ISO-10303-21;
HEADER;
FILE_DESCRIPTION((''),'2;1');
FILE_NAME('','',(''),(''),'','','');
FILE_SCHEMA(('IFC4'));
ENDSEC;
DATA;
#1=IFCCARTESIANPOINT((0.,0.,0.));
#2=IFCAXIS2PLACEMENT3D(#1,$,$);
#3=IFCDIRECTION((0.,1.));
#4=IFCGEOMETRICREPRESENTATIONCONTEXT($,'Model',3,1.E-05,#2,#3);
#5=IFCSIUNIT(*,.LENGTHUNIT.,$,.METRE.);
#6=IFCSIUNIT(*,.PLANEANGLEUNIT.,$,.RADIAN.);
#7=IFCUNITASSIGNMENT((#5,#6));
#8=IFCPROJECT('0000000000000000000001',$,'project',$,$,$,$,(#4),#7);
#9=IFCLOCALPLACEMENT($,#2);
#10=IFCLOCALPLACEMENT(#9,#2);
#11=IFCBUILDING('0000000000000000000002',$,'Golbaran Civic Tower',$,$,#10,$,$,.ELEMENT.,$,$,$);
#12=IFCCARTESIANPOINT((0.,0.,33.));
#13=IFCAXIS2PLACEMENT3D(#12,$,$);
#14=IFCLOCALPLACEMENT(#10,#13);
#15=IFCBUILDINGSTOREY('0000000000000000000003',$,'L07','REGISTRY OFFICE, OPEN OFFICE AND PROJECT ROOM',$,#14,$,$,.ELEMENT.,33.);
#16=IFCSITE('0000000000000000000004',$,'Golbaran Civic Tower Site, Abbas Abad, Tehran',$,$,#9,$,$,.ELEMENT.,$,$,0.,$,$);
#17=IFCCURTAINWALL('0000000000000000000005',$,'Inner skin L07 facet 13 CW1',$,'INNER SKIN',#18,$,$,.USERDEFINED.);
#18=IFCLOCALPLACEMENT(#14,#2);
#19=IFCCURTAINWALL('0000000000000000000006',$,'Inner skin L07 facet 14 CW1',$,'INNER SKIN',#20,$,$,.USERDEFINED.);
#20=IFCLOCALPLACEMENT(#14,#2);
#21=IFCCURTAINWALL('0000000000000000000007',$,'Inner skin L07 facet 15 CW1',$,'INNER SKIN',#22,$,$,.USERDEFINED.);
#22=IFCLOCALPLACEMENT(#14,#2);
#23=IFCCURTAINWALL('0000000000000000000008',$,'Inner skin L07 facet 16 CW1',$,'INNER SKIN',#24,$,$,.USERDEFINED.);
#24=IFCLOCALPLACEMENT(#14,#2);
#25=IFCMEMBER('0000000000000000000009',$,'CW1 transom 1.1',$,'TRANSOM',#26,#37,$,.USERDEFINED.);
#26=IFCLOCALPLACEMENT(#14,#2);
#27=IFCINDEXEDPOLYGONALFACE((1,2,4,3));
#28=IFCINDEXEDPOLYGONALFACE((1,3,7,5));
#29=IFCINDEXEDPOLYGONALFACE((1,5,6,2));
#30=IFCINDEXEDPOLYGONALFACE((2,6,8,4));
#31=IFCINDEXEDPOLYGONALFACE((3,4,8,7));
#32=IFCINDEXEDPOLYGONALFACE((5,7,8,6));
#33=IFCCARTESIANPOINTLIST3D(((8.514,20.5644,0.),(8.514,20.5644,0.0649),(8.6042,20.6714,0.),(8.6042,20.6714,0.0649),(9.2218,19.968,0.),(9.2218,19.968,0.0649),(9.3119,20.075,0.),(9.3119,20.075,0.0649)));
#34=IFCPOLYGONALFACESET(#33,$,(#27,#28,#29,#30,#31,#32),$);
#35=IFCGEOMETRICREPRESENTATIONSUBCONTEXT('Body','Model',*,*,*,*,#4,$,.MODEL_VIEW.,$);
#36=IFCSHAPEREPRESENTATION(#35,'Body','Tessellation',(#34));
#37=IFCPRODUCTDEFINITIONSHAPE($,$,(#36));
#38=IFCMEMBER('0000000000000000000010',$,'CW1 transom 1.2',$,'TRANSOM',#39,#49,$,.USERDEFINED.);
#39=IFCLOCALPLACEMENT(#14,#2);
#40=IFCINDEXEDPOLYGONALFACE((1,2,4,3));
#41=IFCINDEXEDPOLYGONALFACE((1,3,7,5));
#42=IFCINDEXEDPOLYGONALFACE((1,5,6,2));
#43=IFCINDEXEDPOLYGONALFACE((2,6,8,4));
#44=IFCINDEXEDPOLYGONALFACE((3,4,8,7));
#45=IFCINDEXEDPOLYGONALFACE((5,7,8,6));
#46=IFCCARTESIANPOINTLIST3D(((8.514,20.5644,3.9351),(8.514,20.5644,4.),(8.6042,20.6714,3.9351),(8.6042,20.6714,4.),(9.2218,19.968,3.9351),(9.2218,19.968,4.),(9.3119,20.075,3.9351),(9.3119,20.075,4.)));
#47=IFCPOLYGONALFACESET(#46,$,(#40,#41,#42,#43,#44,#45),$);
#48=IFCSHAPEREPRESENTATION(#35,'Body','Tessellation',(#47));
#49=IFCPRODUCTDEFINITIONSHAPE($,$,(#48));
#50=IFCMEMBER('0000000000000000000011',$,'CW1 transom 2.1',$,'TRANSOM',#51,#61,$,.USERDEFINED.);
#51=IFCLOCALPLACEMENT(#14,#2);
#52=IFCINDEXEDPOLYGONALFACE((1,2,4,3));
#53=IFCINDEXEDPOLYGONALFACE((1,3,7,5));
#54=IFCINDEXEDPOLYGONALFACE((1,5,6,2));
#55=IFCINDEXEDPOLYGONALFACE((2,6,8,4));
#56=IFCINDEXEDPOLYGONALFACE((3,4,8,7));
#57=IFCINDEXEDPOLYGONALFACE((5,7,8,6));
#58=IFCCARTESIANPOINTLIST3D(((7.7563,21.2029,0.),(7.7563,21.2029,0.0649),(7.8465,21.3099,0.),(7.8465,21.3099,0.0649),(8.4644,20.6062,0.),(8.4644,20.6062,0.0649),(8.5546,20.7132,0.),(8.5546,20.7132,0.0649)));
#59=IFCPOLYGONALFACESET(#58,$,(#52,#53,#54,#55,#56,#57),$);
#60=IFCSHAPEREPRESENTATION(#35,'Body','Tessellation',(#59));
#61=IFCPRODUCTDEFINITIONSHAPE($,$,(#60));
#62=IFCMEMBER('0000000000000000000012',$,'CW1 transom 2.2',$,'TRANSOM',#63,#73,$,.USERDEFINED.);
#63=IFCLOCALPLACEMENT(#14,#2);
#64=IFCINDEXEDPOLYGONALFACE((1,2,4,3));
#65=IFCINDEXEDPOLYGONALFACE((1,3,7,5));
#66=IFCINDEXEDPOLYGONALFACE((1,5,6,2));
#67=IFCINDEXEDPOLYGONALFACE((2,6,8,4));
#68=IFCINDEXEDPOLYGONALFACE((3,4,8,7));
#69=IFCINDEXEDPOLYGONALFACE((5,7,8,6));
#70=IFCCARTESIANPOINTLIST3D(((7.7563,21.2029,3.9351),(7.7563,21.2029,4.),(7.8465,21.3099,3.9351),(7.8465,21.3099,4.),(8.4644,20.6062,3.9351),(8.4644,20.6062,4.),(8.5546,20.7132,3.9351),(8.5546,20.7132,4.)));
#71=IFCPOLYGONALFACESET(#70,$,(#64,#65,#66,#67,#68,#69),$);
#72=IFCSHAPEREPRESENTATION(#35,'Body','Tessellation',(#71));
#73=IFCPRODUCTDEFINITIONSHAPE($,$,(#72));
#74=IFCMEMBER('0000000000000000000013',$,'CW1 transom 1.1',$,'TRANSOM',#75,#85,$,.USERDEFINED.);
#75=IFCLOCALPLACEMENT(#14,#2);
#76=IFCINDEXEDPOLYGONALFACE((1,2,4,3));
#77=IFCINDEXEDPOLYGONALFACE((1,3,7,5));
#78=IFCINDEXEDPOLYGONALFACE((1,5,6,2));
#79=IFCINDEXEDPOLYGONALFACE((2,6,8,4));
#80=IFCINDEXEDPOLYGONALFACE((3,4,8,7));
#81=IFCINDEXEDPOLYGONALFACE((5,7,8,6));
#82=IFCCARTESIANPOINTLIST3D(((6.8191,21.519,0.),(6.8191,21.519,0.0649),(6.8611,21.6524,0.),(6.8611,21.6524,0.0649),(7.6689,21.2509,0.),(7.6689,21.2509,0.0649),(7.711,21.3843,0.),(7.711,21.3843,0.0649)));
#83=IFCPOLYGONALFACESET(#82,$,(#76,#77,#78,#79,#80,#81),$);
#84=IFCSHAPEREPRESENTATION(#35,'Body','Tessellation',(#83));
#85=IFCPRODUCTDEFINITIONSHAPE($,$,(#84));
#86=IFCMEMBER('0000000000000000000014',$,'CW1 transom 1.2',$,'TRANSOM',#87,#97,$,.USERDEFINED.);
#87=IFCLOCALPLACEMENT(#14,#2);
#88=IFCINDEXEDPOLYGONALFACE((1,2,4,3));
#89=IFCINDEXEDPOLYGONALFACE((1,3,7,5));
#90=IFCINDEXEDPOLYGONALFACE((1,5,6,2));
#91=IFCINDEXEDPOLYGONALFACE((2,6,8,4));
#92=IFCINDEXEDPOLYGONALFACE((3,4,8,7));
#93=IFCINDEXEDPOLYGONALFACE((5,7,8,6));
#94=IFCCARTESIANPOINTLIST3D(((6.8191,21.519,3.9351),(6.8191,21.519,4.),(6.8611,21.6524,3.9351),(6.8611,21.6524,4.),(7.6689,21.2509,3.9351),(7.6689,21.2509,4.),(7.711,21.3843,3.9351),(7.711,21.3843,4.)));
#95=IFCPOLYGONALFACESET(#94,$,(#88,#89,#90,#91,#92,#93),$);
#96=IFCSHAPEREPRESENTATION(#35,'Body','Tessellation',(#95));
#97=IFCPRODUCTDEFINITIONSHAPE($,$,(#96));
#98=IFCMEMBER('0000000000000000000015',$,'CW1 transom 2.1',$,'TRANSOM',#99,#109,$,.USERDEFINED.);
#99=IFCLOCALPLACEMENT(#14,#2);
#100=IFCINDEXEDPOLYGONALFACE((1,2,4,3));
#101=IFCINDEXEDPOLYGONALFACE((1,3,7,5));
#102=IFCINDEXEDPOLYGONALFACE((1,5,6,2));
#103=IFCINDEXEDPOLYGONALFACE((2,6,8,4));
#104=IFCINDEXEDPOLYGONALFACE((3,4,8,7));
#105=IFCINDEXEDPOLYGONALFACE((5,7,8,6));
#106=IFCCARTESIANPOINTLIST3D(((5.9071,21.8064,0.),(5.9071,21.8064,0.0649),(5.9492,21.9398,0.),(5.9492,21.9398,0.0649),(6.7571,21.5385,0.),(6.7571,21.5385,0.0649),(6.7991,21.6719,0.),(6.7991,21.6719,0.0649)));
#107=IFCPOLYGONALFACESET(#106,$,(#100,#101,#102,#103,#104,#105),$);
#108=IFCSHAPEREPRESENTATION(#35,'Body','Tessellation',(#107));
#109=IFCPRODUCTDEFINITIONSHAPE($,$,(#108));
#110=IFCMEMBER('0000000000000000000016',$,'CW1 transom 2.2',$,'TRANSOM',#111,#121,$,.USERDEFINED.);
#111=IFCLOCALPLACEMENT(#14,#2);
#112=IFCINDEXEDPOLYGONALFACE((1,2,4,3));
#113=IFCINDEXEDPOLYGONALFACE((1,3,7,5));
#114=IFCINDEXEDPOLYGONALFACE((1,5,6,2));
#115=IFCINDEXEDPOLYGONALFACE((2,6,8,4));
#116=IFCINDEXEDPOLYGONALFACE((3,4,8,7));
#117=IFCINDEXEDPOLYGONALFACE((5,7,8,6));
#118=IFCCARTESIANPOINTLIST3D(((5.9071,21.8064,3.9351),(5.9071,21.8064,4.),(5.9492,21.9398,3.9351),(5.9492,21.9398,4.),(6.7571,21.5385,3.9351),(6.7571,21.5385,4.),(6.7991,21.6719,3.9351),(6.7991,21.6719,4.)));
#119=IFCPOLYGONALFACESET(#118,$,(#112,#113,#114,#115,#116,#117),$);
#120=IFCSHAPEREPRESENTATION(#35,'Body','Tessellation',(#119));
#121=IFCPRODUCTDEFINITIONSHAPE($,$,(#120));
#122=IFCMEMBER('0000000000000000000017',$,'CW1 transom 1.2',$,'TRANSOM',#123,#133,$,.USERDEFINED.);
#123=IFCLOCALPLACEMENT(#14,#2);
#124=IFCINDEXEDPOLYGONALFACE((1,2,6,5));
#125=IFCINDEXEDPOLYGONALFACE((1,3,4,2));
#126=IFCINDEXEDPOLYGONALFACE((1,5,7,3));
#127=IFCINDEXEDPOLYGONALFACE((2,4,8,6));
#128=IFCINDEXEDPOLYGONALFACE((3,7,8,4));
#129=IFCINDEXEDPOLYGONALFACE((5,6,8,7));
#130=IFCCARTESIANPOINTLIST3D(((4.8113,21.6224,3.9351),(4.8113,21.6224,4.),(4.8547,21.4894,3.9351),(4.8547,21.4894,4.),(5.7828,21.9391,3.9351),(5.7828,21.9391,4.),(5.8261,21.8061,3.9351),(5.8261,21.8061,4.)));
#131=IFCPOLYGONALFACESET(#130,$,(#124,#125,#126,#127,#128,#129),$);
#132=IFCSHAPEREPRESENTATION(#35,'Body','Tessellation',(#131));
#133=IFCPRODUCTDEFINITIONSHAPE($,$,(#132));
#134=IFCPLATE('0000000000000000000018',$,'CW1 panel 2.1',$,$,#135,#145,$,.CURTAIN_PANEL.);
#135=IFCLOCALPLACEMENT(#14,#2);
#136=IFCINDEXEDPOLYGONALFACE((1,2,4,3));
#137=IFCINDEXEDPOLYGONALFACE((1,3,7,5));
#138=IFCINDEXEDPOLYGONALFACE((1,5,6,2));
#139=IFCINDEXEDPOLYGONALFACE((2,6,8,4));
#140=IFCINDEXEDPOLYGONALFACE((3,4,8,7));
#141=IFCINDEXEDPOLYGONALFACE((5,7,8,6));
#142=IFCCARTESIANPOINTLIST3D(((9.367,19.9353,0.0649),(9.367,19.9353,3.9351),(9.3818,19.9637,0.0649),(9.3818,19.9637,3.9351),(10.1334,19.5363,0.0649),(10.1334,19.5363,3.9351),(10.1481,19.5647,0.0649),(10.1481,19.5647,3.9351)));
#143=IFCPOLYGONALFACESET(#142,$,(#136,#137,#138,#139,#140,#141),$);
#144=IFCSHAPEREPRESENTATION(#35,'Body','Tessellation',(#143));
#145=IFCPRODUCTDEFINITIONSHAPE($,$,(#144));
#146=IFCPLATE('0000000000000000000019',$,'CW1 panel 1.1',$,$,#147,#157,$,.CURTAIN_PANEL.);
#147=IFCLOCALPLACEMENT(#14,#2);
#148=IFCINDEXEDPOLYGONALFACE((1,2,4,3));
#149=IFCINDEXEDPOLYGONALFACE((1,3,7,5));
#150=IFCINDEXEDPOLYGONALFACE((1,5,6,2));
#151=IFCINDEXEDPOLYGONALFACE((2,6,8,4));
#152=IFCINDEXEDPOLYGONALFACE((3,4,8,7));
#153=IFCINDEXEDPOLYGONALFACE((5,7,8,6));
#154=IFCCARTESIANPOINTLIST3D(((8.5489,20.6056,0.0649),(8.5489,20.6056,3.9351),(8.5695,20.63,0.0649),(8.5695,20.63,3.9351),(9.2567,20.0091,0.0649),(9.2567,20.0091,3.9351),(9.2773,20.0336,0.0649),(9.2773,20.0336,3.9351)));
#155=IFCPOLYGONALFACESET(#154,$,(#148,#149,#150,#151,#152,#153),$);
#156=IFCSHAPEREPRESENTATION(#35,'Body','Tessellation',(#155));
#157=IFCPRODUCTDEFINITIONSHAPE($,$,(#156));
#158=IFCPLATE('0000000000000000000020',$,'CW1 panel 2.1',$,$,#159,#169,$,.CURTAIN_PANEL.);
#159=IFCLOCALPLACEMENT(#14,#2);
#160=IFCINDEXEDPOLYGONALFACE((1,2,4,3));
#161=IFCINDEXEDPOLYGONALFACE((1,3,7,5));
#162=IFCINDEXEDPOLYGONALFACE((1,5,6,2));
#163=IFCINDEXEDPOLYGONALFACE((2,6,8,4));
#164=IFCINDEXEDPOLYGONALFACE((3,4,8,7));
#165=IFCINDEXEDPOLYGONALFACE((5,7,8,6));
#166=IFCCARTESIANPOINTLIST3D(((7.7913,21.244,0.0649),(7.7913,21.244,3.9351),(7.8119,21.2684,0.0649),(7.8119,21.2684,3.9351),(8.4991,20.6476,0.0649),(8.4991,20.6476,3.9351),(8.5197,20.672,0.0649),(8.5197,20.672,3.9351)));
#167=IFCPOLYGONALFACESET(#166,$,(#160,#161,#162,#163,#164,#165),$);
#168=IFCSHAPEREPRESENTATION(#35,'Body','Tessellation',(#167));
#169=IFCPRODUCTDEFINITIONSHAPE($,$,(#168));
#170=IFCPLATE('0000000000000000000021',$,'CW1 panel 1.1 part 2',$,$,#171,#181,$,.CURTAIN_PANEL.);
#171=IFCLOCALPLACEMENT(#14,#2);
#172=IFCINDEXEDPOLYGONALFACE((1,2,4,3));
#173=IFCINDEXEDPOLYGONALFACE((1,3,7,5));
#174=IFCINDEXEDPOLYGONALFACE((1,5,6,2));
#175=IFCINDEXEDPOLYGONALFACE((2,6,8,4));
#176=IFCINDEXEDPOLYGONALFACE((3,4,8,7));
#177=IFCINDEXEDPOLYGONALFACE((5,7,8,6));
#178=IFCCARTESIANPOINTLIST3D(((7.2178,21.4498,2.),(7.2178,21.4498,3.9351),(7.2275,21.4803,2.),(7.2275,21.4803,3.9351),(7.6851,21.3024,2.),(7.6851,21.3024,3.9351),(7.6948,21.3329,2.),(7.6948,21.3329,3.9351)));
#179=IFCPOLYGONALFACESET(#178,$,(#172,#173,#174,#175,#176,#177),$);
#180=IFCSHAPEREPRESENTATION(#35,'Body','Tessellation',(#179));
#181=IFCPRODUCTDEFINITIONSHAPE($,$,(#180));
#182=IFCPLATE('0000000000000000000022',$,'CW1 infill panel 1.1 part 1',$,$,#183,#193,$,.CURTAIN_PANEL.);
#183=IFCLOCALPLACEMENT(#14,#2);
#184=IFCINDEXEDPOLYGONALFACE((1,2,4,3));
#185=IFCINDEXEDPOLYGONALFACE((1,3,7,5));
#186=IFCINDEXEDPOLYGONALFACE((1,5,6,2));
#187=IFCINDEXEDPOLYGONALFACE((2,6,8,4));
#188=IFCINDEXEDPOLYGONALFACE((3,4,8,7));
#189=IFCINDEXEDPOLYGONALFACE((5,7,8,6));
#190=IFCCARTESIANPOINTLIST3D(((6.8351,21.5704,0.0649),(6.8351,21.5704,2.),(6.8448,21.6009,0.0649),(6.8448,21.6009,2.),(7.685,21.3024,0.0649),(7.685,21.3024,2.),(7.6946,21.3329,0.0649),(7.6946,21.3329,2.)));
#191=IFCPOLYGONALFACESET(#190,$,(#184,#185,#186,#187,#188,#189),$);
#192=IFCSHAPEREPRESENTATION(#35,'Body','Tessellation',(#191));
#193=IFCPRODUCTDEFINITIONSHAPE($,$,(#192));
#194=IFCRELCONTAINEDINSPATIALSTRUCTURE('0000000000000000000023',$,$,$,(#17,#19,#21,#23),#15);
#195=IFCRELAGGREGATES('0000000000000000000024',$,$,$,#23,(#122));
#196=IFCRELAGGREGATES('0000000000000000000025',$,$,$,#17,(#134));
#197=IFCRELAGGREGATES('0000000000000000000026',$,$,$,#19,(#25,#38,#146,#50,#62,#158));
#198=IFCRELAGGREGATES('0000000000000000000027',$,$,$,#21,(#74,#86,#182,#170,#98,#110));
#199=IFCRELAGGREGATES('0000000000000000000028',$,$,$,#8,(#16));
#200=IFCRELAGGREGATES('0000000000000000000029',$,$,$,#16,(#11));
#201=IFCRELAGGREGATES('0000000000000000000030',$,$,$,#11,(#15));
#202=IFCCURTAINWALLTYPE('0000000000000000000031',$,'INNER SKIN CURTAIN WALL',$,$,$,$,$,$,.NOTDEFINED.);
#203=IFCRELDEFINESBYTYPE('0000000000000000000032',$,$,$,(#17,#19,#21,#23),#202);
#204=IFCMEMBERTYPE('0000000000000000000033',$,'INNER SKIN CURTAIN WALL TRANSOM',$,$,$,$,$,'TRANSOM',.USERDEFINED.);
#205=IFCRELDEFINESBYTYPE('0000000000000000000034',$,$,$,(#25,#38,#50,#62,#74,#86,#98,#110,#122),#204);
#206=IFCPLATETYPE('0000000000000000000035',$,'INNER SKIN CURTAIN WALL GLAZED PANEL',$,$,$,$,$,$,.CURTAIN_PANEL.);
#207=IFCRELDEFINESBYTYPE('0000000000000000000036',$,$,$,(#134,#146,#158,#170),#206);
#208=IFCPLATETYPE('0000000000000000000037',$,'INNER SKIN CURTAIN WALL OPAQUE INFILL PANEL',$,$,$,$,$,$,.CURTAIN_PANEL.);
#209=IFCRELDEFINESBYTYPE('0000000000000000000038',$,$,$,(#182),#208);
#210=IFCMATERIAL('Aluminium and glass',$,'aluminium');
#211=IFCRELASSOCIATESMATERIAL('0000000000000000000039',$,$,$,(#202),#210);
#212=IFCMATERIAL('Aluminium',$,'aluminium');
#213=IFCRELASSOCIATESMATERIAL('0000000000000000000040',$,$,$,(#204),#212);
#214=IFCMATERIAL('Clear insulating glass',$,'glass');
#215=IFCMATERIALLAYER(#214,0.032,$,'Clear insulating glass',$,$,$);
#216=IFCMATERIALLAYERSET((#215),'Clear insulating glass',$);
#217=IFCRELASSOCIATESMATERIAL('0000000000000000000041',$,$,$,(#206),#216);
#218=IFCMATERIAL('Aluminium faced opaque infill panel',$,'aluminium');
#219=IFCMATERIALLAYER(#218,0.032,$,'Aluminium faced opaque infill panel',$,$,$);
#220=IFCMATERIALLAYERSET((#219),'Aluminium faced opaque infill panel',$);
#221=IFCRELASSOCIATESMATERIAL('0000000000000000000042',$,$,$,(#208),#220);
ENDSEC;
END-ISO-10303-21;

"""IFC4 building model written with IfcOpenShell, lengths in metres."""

from ifc_helpers import new_model, si_unit, direction, frame, origin, origin_2d, place, context, subcontext, project, spatial, rectangle, extrude, material, layer, layer_set, material_profile, profile_set, type_object, element, aggregate, save


model = new_model("IFC4")

# Units and contexts
model_context = context("Model", 3, precision=1e-05, world=origin(), true_north=direction((0.0, 1.0)))
body_context = subcontext(model_context, "Body", "Model", "MODEL_VIEW")
ifc_project = project(units=[si_unit("LENGTHUNIT", "METRE"), si_unit("PLANEANGLEUNIT", "RADIAN")], contexts=[model_context])

# Site, building, storey
site_placement = place(None, origin())
site = spatial("IfcSite", under=ifc_project, at=site_placement, Name="Golbaran Civic Tower Site, Abbas Abad, Tehran", CompositionType="ELEMENT", RefElevation=0.0)
building_placement = place(site_placement, origin())
building = spatial("IfcBuilding", under=site, at=building_placement, Name="Golbaran Civic Tower", CompositionType="ELEMENT")
storey_placement = place(building_placement, frame((0.0, 0.0, 33.0)))
storey = spatial("IfcBuildingStorey", under=building, at=storey_placement, Name="L07", Description="REGISTRY OFFICE, OPEN OFFICE AND PROJECT ROOM", CompositionType="ELEMENT", Elevation=33.0)

# Curtain walls
ifc_material_1 = material(Name="Aluminium and glass", Category="aluminium")
curtain_wall_type = type_object("IfcCurtainWallType", Name="INNER SKIN CURTAIN WALL", PredefinedType="NOTDEFINED", material=ifc_material_1)
curtain_wall_1_placement = place(storey_placement, origin())
curtain_wall_1 = element("IfcCurtainWall", 1, at=curtain_wall_1_placement, inside=storey, type_object=curtain_wall_type, Name="Inner skin L07 facet 13 CW1", ObjectType="INNER SKIN", PredefinedType="USERDEFINED")
ifc_material_2 = material(Name="Aluminium", Category="aluminium")
curtain_wall_2_placement = place(storey_placement, origin())
curtain_wall_2 = element("IfcCurtainWall", 2, at=curtain_wall_2_placement, inside=storey, type_object=curtain_wall_type, Name="Inner skin L07 facet 14 CW1", ObjectType="INNER SKIN", PredefinedType="USERDEFINED")
curtain_wall_3_placement = place(storey_placement, origin())
curtain_wall_3 = element("IfcCurtainWall", 3, at=curtain_wall_3_placement, inside=storey, type_object=curtain_wall_type, Name="Inner skin L07 facet 15 CW1", ObjectType="INNER SKIN", PredefinedType="USERDEFINED")

# Curtain wall
curtain_wall_4_placement = place(storey_placement, origin())
curtain_wall_4 = element("IfcCurtainWall", 4, at=curtain_wall_4_placement, inside=storey, type_object=curtain_wall_type, Name="Inner skin L07 facet 16 CW1", ObjectType="INNER SKIN", PredefinedType="USERDEFINED")

# Members
ifc_material_profile_1 = material_profile(ifc_material_2, rectangle(XDim=0.1399, YDim=0.0649, at=origin_2d()), Name="INNER SKIN CURTAIN WALL TRANSOM")
ifc_profile_set_1 = profile_set([ifc_material_profile_1], Name="Aluminium")
member_type_1 = type_object("IfcMemberType", Name="INNER SKIN CURTAIN WALL TRANSOM", ElementType="TRANSOM", PredefinedType="USERDEFINED", material=ifc_profile_set_1)
member_1_placement = place(storey_placement, frame((9.2668, 20.0215, 0.0325), z_axis=(-0.764685, 0.644404, 0.0), x_axis=(-0.644404, -0.764685, 0.0)))
member_1 = element("IfcMember", 5, at=member_1_placement, type_object=member_type_1, Name="CW1 transom 1.1", ObjectType="TRANSOM", PredefinedType="USERDEFINED", context=body_context, shape_type="SweptSolid", body=[
    extrude(rectangle(XDim=0.1399, YDim=0.0649, at=origin_2d()), origin(), (0.0, 0.0, 1.0), 0.9255),
])
member_2_placement = place(storey_placement, frame((9.2668, 20.0215, 3.9675), z_axis=(-0.764685, 0.644404, 0.0), x_axis=(-0.644404, -0.764685, 0.0)))
member_2 = element("IfcMember", 6, at=member_2_placement, type_object=member_type_1, Name="CW1 transom 1.2", ObjectType="TRANSOM", PredefinedType="USERDEFINED", context=body_context, shape_type="SweptSolid", body=[
    extrude(rectangle(XDim=0.1399, YDim=0.0649, at=origin_2d()), origin(), (0.0, 0.0, 1.0), 0.9255),
])
member_3_placement = place(storey_placement, frame((8.5095, 20.6597, 0.0325), z_axis=(-0.764665, 0.644428, 0.0), x_axis=(-0.644428, -0.764665, 0.0)))
member_3 = element("IfcMember", 7, at=member_3_placement, type_object=member_type_1, Name="CW1 transom 2.1", ObjectType="TRANSOM", PredefinedType="USERDEFINED", context=body_context, shape_type="SweptSolid", body=[
    extrude(rectangle(XDim=0.1399, YDim=0.0649, at=origin_2d()), origin(), (0.0, 0.0, 1.0), 0.926),
])
member_4_placement = place(storey_placement, frame((8.5095, 20.6597, 3.9675), z_axis=(-0.764665, 0.644428, 0.0), x_axis=(-0.644428, -0.764665, 0.0)))
member_4 = element("IfcMember", 8, at=member_4_placement, type_object=member_type_1, Name="CW1 transom 2.2", ObjectType="TRANSOM", PredefinedType="USERDEFINED", context=body_context, shape_type="SweptSolid", body=[
    extrude(rectangle(XDim=0.1399, YDim=0.0649, at=origin_2d()), origin(), (0.0, 0.0, 1.0), 0.926),
])
member_5_placement = place(storey_placement, frame((7.6899, 21.3176, 0.0325), z_axis=(-0.953682, 0.300817, 0.0), x_axis=(-0.300817, -0.953682, 0.0)))
member_5 = element("IfcMember", 9, at=member_5_placement, type_object=member_type_1, Name="CW1 transom 1.1", ObjectType="TRANSOM", PredefinedType="USERDEFINED", context=body_context, shape_type="SweptSolid", body=[
    extrude(rectangle(XDim=0.1399, YDim=0.0649, at=origin_2d()), origin(), (0.0, 0.0, 1.0), 0.8911),
])
member_6_placement = place(storey_placement, frame((7.6899, 21.3176, 3.9675), z_axis=(-0.953682, 0.300817, 0.0), x_axis=(-0.300817, -0.953682, 0.0)))
member_6 = element("IfcMember", 10, at=member_6_placement, type_object=member_type_1, Name="CW1 transom 1.2", ObjectType="TRANSOM", PredefinedType="USERDEFINED", context=body_context, shape_type="SweptSolid", body=[
    extrude(rectangle(XDim=0.1399, YDim=0.0649, at=origin_2d()), origin(), (0.0, 0.0, 1.0), 0.8911),
])
member_7_placement = place(storey_placement, frame((6.7781, 21.6052, 0.0325), z_axis=(-0.953761, 0.300567, 0.0), x_axis=(-0.300567, -0.953761, 0.0)))
member_7 = element("IfcMember", 11, at=member_7_placement, type_object=member_type_1, Name="CW1 transom 2.1", ObjectType="TRANSOM", PredefinedType="USERDEFINED", context=body_context, shape_type="SweptSolid", body=[
    extrude(rectangle(XDim=0.1399, YDim=0.0649, at=origin_2d()), origin(), (0.0, 0.0, 1.0), 0.8911),
])
member_8_placement = place(storey_placement, frame((6.7781, 21.6052, 3.9675), z_axis=(-0.953761, 0.300567, 0.0), x_axis=(-0.300567, -0.953761, 0.0)))
member_8 = element("IfcMember", 12, at=member_8_placement, type_object=member_type_1, Name="CW1 transom 2.2", ObjectType="TRANSOM", PredefinedType="USERDEFINED", context=body_context, shape_type="SweptSolid", body=[
    extrude(rectangle(XDim=0.1399, YDim=0.0649, at=origin_2d()), origin(), (0.0, 0.0, 1.0), 0.8911),
])
member_9_placement = place(storey_placement, frame((5.8044, 21.8726, 3.9675), z_axis=(-0.950765, -0.309913, 0.0), x_axis=(0.309913, -0.950765, 0.0)))
member_9 = element("IfcMember", 13, at=member_9_placement, type_object=member_type_1, Name="CW1 transom 1.2", ObjectType="TRANSOM", PredefinedType="USERDEFINED", context=body_context, shape_type="SweptSolid", body=[
    extrude(rectangle(XDim=0.1399, YDim=0.0649, at=origin_2d()), origin(), (0.0, 0.0, 1.0), 1.0217),
])
aggregate(curtain_wall_4, [member_9])

# Plates
ifc_material_3 = material(Name="Clear insulating glass", Category="glass")
ifc_layer_1 = layer(ifc_material_3, 0.032, Name="Clear insulating glass")
ifc_layer_set_1 = layer_set([ifc_layer_1], Name="Clear insulating glass")
plate_type_1 = type_object("IfcPlateType", Name="INNER SKIN CURTAIN WALL GLAZED PANEL", PredefinedType="CURTAIN_PANEL", material=ifc_layer_set_1)
plate_1_placement = place(storey_placement, frame((9.7576, 19.75, 0.0649), z_axis=(0.0, 0.0, 1.0), x_axis=(-0.887011, 0.461749, 0.0)))
plate_1 = element("IfcPlate", 14, at=plate_1_placement, type_object=plate_type_1, Name="CW1 panel 2.1", PredefinedType="CURTAIN_PANEL", context=body_context, shape_type="SweptSolid", body=[
    extrude(rectangle(XDim=0.864, YDim=0.032, at=origin_2d()), origin(), (0.0, 0.0, 1.0), 3.8701),
])
aggregate(curtain_wall_1, [plate_1])
plate_2_placement = place(storey_placement, frame((8.9131, 20.3196, 0.0649), z_axis=(0.0, 0.0, 1.0), x_axis=(-0.764692, 0.644395, 0.0)))
plate_2 = element("IfcPlate", 15, at=plate_2_placement, type_object=plate_type_1, Name="CW1 panel 1.1", PredefinedType="CURTAIN_PANEL", context=body_context, shape_type="SweptSolid", body=[
    extrude(rectangle(XDim=0.9255, YDim=0.032, at=origin_2d()), origin(), (0.0, 0.0, 1.0), 3.8701),
])
plate_3_placement = place(storey_placement, frame((8.1555, 20.958, 0.0649), z_axis=(0.0, 0.0, 1.0), x_axis=(-0.764692, 0.644395, 0.0)))
plate_3 = element("IfcPlate", 16, at=plate_3_placement, type_object=plate_type_1, Name="CW1 panel 2.1", PredefinedType="CURTAIN_PANEL", context=body_context, shape_type="SweptSolid", body=[
    extrude(rectangle(XDim=0.9255, YDim=0.032, at=origin_2d()), origin(), (0.0, 0.0, 1.0), 3.8701),
])
aggregate(curtain_wall_2, [member_1, member_2, plate_2, member_3, member_4, plate_3])
plate_4_placement = place(storey_placement, frame((7.4563, 21.3914, 2.0), z_axis=(0.0, 0.0, 1.0), x_axis=(-0.953717, 0.300706, 0.0)))
plate_4 = element("IfcPlate", 17, at=plate_4_placement, type_object=plate_type_1, Name="CW1 panel 1.1 part 2", PredefinedType="CURTAIN_PANEL", context=body_context, shape_type="SweptSolid", body=[
    extrude(rectangle(XDim=0.49, YDim=0.032, at=origin_2d()), origin(), (0.0, 0.0, 1.0), 1.9351),
])
ifc_material_4 = material(Name="Aluminium faced opaque infill panel", Category="aluminium")
ifc_layer_2 = layer(ifc_material_4, 0.032, Name="Aluminium faced opaque infill panel")
ifc_layer_set_2 = layer_set([ifc_layer_2], Name="Aluminium faced opaque infill panel")
plate_type_2 = type_object("IfcPlateType", Name="INNER SKIN CURTAIN WALL OPAQUE INFILL PANEL", PredefinedType="CURTAIN_PANEL", material=ifc_layer_set_2)
plate_5_placement = place(storey_placement, frame((7.2649, 21.4517, 0.0649), z_axis=(0.0, 0.0, 1.0), x_axis=(-0.953717, 0.300706, 0.0)))
plate_5 = element("IfcPlate", 18, at=plate_5_placement, type_object=plate_type_2, Name="CW1 infill panel 1.1 part 1", PredefinedType="CURTAIN_PANEL", context=body_context, shape_type="SweptSolid", body=[
    extrude(rectangle(XDim=0.8911, YDim=0.032, at=origin_2d()), origin(), (0.0, 0.0, 1.0), 1.9351),
])
aggregate(curtain_wall_3, [member_5, member_6, plate_5, plate_4, member_7, member_8])

save(model, "model.ifc")
